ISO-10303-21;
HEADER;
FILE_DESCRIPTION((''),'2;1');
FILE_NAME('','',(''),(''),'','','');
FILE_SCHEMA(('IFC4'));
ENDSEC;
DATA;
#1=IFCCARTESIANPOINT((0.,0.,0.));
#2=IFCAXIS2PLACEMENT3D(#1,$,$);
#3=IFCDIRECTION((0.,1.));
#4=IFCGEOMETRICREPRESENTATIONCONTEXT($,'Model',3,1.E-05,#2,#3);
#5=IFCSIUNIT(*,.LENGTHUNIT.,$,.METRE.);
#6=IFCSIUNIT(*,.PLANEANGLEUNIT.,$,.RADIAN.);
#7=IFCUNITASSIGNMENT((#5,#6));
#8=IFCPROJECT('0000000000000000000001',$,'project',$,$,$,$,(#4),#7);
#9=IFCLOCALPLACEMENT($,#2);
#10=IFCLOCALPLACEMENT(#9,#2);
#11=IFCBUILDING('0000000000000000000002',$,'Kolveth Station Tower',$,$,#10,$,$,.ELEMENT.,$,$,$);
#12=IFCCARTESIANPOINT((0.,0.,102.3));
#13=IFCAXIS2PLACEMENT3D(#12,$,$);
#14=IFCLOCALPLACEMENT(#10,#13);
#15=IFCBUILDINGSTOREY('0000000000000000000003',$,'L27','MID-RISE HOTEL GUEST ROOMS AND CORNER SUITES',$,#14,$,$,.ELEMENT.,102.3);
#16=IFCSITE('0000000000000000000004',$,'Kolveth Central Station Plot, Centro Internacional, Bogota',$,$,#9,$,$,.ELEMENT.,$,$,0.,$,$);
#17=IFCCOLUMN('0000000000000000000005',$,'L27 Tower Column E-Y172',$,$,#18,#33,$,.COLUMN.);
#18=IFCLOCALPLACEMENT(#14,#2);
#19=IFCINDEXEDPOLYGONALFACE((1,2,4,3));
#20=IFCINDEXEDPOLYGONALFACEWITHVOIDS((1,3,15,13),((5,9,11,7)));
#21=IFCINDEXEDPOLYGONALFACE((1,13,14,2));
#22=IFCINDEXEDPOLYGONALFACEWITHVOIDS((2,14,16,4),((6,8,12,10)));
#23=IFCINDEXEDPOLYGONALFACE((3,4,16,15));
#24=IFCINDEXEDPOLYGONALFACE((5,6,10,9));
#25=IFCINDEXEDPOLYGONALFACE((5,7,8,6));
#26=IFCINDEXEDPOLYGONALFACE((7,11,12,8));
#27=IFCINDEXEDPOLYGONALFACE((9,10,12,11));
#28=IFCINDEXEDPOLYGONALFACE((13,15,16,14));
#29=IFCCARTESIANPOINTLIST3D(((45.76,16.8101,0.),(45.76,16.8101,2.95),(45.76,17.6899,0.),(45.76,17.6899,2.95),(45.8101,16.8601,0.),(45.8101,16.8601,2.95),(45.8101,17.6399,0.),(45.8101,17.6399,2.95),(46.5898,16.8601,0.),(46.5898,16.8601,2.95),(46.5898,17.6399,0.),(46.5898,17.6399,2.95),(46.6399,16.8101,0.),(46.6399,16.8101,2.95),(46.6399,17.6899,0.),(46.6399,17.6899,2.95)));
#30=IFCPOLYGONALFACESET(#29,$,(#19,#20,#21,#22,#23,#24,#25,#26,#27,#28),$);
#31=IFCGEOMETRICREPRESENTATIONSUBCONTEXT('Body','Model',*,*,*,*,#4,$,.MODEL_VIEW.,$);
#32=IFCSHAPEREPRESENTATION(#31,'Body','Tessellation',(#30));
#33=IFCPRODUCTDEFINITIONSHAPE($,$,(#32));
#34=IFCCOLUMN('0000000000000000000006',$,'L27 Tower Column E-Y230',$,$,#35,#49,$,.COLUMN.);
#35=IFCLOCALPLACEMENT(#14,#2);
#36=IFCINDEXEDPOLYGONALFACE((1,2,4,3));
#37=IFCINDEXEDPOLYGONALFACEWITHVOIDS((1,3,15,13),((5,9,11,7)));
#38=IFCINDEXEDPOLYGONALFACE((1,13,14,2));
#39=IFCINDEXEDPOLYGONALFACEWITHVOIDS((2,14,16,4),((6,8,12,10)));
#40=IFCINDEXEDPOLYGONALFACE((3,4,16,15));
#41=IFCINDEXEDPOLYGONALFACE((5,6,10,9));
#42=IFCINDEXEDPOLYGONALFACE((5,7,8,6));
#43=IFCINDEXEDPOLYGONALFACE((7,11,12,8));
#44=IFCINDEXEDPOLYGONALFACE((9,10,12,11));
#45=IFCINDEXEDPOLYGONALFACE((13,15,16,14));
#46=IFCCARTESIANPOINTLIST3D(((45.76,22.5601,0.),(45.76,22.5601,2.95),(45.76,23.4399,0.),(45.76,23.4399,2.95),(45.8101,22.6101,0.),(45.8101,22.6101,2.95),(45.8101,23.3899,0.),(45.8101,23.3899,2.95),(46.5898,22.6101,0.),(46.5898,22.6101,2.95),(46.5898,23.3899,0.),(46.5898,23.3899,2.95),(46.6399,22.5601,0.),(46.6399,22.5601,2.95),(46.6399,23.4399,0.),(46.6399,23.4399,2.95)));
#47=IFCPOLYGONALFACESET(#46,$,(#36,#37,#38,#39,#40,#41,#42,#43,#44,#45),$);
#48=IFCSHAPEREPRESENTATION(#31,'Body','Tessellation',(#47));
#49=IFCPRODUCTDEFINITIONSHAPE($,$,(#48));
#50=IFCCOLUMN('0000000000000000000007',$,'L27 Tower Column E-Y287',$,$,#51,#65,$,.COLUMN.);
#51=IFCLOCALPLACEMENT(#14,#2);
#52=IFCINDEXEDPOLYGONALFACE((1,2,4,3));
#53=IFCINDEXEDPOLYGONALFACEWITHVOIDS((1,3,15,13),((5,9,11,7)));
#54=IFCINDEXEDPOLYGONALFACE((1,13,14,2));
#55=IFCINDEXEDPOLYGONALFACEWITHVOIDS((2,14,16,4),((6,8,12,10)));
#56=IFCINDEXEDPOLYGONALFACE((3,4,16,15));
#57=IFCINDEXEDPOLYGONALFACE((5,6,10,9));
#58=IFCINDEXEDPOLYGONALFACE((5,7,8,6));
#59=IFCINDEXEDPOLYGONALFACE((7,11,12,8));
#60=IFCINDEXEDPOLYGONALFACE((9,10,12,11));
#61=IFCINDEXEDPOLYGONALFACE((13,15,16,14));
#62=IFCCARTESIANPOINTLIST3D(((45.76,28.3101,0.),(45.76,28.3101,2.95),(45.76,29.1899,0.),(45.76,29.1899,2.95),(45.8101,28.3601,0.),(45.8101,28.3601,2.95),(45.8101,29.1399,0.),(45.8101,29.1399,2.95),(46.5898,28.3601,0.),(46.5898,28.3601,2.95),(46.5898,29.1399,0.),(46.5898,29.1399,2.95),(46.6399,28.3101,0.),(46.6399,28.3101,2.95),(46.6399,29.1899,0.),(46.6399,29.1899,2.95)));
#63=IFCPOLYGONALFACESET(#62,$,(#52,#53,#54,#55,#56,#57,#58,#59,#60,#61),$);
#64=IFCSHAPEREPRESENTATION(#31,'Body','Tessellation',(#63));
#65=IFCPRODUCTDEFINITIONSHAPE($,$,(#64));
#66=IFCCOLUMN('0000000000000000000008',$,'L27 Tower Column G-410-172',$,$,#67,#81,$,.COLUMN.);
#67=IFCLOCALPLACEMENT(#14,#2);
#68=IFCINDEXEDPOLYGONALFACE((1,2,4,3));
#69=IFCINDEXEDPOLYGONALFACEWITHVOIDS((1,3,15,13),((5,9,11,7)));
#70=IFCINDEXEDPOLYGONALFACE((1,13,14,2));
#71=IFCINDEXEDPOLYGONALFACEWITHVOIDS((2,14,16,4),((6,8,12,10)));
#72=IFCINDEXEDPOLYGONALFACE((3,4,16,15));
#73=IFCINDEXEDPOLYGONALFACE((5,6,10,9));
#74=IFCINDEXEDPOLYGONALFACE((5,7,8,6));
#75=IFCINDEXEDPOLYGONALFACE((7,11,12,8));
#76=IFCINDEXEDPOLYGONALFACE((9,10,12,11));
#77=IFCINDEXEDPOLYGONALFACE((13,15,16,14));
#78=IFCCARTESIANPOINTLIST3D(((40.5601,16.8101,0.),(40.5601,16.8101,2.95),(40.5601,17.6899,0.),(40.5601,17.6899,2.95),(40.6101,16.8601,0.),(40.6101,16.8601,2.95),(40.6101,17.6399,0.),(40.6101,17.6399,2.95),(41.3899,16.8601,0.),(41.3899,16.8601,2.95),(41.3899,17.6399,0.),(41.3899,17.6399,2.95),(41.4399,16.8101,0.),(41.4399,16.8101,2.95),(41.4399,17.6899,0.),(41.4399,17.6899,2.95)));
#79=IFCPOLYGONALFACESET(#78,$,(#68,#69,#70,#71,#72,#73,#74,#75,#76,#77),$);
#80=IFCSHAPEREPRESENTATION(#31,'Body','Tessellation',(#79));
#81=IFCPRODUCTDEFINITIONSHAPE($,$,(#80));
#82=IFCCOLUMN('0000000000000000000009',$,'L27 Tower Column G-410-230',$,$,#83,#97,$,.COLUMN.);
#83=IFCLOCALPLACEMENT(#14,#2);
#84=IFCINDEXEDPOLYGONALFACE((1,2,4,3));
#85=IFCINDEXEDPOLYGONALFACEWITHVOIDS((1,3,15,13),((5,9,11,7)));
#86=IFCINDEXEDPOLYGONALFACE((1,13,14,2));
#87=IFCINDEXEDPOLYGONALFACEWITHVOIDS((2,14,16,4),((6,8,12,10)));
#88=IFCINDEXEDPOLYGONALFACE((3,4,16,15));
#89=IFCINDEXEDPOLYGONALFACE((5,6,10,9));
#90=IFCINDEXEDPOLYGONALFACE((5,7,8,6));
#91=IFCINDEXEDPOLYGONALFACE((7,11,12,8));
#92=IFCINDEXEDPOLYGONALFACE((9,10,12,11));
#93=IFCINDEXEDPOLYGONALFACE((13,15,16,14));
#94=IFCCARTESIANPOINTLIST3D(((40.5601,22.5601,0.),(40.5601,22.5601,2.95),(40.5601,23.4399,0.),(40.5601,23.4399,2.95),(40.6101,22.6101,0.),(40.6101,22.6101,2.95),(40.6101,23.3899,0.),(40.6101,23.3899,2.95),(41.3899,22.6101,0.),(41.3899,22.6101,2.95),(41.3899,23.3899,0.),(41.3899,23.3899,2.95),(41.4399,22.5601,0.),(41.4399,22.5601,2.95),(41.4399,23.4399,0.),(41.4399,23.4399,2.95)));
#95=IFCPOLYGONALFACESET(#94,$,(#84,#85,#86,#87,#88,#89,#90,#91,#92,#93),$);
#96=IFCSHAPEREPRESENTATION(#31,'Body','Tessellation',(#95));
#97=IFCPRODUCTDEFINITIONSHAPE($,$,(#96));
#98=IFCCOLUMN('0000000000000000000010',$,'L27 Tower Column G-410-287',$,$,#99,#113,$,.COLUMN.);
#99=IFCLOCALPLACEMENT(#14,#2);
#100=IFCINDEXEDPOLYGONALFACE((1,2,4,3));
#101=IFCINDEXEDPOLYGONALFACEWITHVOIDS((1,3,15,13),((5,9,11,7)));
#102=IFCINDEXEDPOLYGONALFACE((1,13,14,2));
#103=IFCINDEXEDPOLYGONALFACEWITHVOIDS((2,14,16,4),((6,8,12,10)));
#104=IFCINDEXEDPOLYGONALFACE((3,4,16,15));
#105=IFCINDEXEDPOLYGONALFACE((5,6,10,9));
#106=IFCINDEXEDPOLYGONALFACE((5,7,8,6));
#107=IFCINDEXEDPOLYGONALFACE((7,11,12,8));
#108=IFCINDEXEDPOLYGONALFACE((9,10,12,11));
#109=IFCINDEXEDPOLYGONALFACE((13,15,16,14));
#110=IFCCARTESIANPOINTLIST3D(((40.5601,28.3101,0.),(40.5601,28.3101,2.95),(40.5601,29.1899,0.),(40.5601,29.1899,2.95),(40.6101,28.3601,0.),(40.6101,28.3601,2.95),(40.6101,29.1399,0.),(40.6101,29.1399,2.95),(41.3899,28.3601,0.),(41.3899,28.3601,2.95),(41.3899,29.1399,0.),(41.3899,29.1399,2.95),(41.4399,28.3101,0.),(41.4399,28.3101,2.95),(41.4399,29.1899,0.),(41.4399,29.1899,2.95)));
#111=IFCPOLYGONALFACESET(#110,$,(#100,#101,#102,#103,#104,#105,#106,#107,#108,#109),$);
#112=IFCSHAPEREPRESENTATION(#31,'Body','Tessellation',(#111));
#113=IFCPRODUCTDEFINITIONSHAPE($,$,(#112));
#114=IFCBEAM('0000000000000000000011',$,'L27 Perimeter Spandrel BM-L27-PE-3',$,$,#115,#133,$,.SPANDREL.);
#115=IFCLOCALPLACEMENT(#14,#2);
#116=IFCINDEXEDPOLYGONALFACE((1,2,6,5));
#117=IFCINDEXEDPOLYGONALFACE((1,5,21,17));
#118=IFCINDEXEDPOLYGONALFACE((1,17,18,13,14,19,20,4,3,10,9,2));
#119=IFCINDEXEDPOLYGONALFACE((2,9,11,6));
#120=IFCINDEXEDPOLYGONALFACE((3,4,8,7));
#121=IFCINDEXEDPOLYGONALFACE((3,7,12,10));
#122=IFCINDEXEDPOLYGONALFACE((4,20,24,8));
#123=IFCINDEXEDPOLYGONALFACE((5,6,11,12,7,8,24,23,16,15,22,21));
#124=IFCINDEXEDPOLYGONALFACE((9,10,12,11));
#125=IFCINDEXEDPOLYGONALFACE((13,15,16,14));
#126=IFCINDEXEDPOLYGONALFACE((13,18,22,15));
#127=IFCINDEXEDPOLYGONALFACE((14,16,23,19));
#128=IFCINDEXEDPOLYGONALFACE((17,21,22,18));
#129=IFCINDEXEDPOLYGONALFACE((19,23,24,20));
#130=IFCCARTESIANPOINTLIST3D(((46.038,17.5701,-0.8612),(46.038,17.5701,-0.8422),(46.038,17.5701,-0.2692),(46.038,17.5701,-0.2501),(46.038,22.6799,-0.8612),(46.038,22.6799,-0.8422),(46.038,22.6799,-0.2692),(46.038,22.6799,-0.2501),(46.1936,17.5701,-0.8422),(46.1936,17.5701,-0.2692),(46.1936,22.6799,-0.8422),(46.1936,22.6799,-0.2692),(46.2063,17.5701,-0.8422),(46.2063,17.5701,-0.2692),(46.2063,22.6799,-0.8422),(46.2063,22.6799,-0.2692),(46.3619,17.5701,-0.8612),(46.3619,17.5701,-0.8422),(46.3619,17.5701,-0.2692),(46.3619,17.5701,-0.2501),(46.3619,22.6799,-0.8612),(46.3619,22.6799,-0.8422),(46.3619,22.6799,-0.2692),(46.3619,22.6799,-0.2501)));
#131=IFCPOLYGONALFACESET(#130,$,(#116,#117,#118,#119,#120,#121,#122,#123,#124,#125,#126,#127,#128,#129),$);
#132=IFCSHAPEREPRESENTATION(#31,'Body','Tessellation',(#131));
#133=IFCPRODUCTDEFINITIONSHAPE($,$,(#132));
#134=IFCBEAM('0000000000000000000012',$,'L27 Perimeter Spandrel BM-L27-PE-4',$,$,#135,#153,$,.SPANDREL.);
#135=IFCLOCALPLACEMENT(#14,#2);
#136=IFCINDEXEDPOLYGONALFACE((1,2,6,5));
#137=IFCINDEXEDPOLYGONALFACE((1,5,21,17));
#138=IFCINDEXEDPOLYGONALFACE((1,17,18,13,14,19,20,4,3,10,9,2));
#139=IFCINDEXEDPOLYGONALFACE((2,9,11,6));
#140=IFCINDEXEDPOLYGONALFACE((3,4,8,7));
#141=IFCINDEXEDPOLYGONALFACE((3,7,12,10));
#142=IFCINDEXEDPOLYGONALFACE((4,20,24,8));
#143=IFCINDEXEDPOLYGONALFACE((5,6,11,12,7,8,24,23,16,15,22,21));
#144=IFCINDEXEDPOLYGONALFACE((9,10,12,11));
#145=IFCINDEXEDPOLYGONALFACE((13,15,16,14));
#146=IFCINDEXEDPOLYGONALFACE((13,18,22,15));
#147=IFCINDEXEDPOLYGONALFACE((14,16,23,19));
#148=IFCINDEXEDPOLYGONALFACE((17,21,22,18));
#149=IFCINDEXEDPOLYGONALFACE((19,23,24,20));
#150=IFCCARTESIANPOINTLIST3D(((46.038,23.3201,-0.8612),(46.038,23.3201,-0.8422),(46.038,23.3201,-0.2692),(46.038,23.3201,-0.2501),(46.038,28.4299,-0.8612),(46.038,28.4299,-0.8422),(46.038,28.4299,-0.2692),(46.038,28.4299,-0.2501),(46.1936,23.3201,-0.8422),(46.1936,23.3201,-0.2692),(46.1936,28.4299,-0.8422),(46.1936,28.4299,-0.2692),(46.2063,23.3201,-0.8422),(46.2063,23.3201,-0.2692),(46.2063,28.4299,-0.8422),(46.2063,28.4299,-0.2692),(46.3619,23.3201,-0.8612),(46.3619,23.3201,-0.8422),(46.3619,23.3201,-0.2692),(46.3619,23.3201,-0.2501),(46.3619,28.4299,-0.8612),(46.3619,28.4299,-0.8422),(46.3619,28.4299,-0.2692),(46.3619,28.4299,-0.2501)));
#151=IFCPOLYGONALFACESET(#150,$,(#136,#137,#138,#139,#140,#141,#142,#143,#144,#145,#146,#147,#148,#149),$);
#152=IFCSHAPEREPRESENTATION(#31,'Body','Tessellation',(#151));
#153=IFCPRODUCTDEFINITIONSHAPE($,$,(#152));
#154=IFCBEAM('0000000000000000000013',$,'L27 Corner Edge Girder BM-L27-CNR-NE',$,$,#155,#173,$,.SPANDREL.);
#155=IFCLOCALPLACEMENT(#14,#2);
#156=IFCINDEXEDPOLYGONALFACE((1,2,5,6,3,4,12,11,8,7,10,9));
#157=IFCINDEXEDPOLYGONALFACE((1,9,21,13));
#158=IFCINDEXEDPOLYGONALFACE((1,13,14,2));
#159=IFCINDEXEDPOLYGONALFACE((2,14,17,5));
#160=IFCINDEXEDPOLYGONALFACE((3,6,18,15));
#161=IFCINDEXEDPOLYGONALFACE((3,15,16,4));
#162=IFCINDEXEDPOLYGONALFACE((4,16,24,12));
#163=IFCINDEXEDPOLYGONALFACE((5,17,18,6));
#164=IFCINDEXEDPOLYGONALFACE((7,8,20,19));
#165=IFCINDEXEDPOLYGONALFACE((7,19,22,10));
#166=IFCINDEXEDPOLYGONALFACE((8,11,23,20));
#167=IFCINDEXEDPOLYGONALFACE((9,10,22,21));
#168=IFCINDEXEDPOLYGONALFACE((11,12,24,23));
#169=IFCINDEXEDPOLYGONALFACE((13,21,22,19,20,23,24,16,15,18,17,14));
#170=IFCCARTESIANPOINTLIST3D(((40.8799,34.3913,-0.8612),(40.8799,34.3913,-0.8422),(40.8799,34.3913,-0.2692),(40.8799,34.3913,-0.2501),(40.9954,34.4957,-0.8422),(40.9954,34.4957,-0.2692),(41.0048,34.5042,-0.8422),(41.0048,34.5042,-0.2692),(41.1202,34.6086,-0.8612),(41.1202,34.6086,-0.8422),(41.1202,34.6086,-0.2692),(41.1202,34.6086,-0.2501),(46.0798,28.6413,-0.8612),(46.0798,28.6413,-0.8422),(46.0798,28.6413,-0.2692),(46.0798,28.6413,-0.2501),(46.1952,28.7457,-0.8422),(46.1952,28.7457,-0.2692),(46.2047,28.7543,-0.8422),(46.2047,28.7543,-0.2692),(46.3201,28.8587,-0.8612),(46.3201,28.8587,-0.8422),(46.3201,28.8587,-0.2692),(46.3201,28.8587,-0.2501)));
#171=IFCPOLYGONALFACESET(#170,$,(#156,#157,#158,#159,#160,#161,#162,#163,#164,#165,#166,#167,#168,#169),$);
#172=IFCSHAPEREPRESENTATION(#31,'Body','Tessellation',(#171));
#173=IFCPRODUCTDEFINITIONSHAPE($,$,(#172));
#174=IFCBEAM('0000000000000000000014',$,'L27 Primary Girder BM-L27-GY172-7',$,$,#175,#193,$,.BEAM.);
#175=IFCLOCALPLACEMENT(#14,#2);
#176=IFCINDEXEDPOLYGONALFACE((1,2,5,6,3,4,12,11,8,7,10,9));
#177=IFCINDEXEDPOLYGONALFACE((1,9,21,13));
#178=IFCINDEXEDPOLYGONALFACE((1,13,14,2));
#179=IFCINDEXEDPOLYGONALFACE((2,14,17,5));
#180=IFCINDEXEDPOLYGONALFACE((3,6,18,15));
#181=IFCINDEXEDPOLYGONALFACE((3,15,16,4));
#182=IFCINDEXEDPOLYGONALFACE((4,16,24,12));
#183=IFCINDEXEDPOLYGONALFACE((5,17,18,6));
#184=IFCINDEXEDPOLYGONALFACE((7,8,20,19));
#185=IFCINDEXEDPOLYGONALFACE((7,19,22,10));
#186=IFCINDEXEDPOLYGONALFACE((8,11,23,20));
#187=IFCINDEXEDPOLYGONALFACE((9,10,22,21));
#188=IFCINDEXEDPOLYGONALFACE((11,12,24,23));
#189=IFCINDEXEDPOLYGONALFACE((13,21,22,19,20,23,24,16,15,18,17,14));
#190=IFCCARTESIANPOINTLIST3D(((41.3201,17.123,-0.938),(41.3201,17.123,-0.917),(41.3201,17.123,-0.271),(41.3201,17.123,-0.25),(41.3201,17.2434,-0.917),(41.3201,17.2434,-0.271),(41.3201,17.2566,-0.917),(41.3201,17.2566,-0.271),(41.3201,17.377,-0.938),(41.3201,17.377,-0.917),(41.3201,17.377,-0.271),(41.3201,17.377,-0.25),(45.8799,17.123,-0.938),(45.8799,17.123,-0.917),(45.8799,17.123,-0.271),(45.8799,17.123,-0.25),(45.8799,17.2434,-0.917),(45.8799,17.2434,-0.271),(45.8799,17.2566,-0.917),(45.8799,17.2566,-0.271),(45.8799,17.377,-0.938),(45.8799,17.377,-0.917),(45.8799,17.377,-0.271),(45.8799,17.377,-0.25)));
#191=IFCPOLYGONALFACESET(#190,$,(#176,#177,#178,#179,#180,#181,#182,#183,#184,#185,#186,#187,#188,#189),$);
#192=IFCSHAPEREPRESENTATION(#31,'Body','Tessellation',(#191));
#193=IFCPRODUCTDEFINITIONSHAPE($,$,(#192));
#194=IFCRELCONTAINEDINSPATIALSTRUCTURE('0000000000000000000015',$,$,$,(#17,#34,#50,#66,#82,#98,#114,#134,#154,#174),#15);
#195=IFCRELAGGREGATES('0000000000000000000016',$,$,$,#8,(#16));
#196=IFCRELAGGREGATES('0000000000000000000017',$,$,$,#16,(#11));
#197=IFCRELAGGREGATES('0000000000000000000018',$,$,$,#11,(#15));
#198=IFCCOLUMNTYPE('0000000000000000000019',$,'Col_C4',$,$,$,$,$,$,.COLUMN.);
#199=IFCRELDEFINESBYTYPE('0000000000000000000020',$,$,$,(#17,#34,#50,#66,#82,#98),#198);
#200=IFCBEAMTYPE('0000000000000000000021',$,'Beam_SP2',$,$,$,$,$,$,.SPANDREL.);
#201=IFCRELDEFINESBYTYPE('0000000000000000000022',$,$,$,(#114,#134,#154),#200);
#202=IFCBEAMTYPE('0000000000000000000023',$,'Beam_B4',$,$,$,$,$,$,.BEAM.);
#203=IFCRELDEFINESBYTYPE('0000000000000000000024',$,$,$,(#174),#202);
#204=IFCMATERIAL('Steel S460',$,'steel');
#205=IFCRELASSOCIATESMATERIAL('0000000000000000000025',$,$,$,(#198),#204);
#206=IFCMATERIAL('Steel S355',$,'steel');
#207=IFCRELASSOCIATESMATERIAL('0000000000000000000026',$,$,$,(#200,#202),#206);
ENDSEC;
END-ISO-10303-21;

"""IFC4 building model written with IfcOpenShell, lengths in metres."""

from ifc_helpers import new_model, si_unit, direction, frame, origin, origin_2d, place, context, subcontext, project, spatial, hollow_rectangle, i_section, extrude, source, transform, mapped, material, material_profile, profile_set, type_object, element, save


model = new_model("IFC4")

# Units and contexts
model_context = context("Model", 3, precision=1e-05, world=origin(), true_north=direction((0.0, 1.0)))
body_context = subcontext(model_context, "Body", "Model", "MODEL_VIEW")
ifc_project = project(units=[si_unit("LENGTHUNIT", "METRE"), si_unit("PLANEANGLEUNIT", "RADIAN")], contexts=[model_context])

# Site, building, storey
site_placement = place(None, origin())
site = spatial("IfcSite", under=ifc_project, at=site_placement, Name="Kolveth Central Station Plot, Centro Internacional, Bogota", CompositionType="ELEMENT", RefElevation=0.0)
building_placement = place(site_placement, origin())
building = spatial("IfcBuilding", under=site, at=building_placement, Name="Kolveth Station Tower", CompositionType="ELEMENT")
storey_placement = place(building_placement, frame((0.0, 0.0, 102.3)))
storey = spatial("IfcBuildingStorey", under=building, at=storey_placement, Name="L27", Description="MID-RISE HOTEL GUEST ROOMS AND CORNER SUITES", CompositionType="ELEMENT", Elevation=102.3)

# Columns
ifc_material_1 = material(Name="Steel S460", Category="steel")
ifc_material_profile_1 = material_profile(ifc_material_1, hollow_rectangle(XDim=0.8799, YDim=0.8799, WallThickness=0.05, at=origin_2d()), Name="BOX880x880x50")
ifc_profile_set_1 = profile_set([ifc_material_profile_1], Name="Steel S460")
column_type = type_object("IfcColumnType", Name="Col_C4", PredefinedType="COLUMN", material=ifc_profile_set_1)
shared_shape_1 = source(origin(), body_context, "Body", "SweptSolid", [
    extrude(hollow_rectangle(XDim=0.8799, YDim=0.8799, WallThickness=0.05, at=origin_2d()), origin(), (0.0, 0.0, 1.0), 2.95),
])
for number, where, z_axis, x_axis, name in (
    (1, (46.2, 17.25, 0.0), (0.0, 0.0, 1.0), (1.0, 0.0, 0.0), "L27 Tower Column E-Y172"),
    (2, (46.2, 23.0, 0.0), (0.0, 0.0, 1.0), (1.0, 0.0, 0.0), "L27 Tower Column E-Y230"),
    (3, (46.2, 28.75, 0.0), (0.0, 0.0, 1.0), (1.0, 0.0, 0.0), "L27 Tower Column E-Y287"),
    (4, (41.0, 17.25, 0.0), (0.0, 0.0, 1.0), (1.0, 0.0, 0.0), "L27 Tower Column G-410-172"),
    (5, (41.0, 23.0, 0.0), (0.0, 0.0, 1.0), (1.0, 0.0, 0.0), "L27 Tower Column G-410-230"),
    (6, (41.0, 28.75, 0.0), (0.0, 0.0, 1.0), (1.0, 0.0, 0.0), "L27 Tower Column G-410-287"),
):
    element("IfcColumn", number, at=place(storey_placement, frame(where, z_axis=z_axis, x_axis=x_axis)), inside=storey, type_object=column_type, Name=name, PredefinedType="COLUMN", context=body_context, shape_type="MappedRepresentation", body=[
        mapped(shared_shape_1, transform((0.0, 0.0, 0.0), x_axis=(1.0, 0.0, 0.0), y_axis=(0.0, 1.0, 0.0), z_axis=(0.0, 0.0, 1.0), scale=1.0)),
    ])

# Beams
ifc_material_2 = material(Name="Steel S355", Category="steel")
ifc_material_profile_2 = material_profile(ifc_material_2, i_section(OverallWidth=0.324, OverallDepth=0.6111, WebThickness=0.0127, FlangeThickness=0.019, at=origin_2d()), Name="W610x155")
ifc_profile_set_2 = profile_set([ifc_material_profile_2], Name="Steel S355")
beam_type_1 = type_object("IfcBeamType", Name="Beam_SP2", PredefinedType="SPANDREL", material=ifc_profile_set_2)
shared_shape_2 = source(origin(), body_context, "Body", "SweptSolid", [
    extrude(i_section(OverallWidth=0.324, OverallDepth=0.6111, WebThickness=0.0127, FlangeThickness=0.019, at=origin_2d()), origin(), (0.0, 0.0, 1.0), 5.1099),
])
for number, where, z_axis, x_axis, name in (
    (7, (46.2, 17.5701, -0.5557), (0.0, 1.0, 0.0), (-1.0, 0.0, 0.0), "L27 Perimeter Spandrel BM-L27-PE-3"),
    (8, (46.2, 23.3201, -0.5557), (0.0, 1.0, 0.0), (-1.0, 0.0, 0.0), "L27 Perimeter Spandrel BM-L27-PE-4"),
):
    element("IfcBeam", number, at=place(storey_placement, frame(where, z_axis=z_axis, x_axis=x_axis)), inside=storey, type_object=beam_type_1, Name=name, PredefinedType="SPANDREL", context=body_context, shape_type="MappedRepresentation", body=[
        mapped(shared_shape_2, transform((0.0, 0.0, 0.0), x_axis=(1.0, 0.0, 0.0), y_axis=(0.0, 1.0, 0.0), z_axis=(0.0, 0.0, 1.0), scale=1.0)),
    ])
shared_shape_3 = source(origin(), body_context, "Body", "SweptSolid", [
    extrude(i_section(OverallWidth=0.324, OverallDepth=0.6111, WebThickness=0.0127, FlangeThickness=0.019, at=origin_2d()), origin(), (0.0, 0.0, 1.0), 7.7524),
])
beam_placement = place(storey_placement, frame((46.2, 28.75, -0.5557), z_axis=(-0.670741, 0.741692, 0.0), x_axis=(-0.741692, -0.670741, 0.0)))
element("IfcBeam", 9, at=beam_placement, inside=storey, type_object=beam_type_1, Name="L27 Corner Edge Girder BM-L27-CNR-NE", PredefinedType="SPANDREL", context=body_context, shape_type="MappedRepresentation", body=[
    mapped(shared_shape_3, transform((0.0, 0.0, 0.0), x_axis=(1.0, 0.0, 0.0), y_axis=(0.0, 1.0, 0.0), z_axis=(0.0, 0.0, 1.0), scale=1.0)),
])
ifc_material_profile_3 = material_profile(ifc_material_2, i_section(OverallWidth=0.2539, OverallDepth=0.688, WebThickness=0.0132, FlangeThickness=0.021, at=origin_2d()), Name="W690x152")
ifc_profile_set_3 = profile_set([ifc_material_profile_3], Name="Steel S355")
beam_type_2 = type_object("IfcBeamType", Name="Beam_B4", PredefinedType="BEAM", material=ifc_profile_set_3)
shared_shape_4 = source(origin(), body_context, "Body", "SweptSolid", [
    extrude(i_section(OverallWidth=0.2539, OverallDepth=0.688, WebThickness=0.0132, FlangeThickness=0.021, at=origin_2d()), origin(), (0.0, 0.0, 1.0), 4.5598),
])
for number, where, z_axis, x_axis, name in (
    (10, (41.3201, 17.25, -0.594), (1.0, 0.0, 0.0), (0.0, 1.0, 0.0), "L27 Primary Girder BM-L27-GY172-7"),
):
    element("IfcBeam", number, at=place(storey_placement, frame(where, z_axis=z_axis, x_axis=x_axis)), inside=storey, type_object=beam_type_2, Name=name, PredefinedType="BEAM", context=body_context, shape_type="MappedRepresentation", body=[
        mapped(shared_shape_4, transform((0.0, 0.0, 0.0), x_axis=(1.0, 0.0, 0.0), y_axis=(0.0, 1.0, 0.0), z_axis=(0.0, 0.0, 1.0), scale=1.0)),
    ])

save(model, "model.ifc")
